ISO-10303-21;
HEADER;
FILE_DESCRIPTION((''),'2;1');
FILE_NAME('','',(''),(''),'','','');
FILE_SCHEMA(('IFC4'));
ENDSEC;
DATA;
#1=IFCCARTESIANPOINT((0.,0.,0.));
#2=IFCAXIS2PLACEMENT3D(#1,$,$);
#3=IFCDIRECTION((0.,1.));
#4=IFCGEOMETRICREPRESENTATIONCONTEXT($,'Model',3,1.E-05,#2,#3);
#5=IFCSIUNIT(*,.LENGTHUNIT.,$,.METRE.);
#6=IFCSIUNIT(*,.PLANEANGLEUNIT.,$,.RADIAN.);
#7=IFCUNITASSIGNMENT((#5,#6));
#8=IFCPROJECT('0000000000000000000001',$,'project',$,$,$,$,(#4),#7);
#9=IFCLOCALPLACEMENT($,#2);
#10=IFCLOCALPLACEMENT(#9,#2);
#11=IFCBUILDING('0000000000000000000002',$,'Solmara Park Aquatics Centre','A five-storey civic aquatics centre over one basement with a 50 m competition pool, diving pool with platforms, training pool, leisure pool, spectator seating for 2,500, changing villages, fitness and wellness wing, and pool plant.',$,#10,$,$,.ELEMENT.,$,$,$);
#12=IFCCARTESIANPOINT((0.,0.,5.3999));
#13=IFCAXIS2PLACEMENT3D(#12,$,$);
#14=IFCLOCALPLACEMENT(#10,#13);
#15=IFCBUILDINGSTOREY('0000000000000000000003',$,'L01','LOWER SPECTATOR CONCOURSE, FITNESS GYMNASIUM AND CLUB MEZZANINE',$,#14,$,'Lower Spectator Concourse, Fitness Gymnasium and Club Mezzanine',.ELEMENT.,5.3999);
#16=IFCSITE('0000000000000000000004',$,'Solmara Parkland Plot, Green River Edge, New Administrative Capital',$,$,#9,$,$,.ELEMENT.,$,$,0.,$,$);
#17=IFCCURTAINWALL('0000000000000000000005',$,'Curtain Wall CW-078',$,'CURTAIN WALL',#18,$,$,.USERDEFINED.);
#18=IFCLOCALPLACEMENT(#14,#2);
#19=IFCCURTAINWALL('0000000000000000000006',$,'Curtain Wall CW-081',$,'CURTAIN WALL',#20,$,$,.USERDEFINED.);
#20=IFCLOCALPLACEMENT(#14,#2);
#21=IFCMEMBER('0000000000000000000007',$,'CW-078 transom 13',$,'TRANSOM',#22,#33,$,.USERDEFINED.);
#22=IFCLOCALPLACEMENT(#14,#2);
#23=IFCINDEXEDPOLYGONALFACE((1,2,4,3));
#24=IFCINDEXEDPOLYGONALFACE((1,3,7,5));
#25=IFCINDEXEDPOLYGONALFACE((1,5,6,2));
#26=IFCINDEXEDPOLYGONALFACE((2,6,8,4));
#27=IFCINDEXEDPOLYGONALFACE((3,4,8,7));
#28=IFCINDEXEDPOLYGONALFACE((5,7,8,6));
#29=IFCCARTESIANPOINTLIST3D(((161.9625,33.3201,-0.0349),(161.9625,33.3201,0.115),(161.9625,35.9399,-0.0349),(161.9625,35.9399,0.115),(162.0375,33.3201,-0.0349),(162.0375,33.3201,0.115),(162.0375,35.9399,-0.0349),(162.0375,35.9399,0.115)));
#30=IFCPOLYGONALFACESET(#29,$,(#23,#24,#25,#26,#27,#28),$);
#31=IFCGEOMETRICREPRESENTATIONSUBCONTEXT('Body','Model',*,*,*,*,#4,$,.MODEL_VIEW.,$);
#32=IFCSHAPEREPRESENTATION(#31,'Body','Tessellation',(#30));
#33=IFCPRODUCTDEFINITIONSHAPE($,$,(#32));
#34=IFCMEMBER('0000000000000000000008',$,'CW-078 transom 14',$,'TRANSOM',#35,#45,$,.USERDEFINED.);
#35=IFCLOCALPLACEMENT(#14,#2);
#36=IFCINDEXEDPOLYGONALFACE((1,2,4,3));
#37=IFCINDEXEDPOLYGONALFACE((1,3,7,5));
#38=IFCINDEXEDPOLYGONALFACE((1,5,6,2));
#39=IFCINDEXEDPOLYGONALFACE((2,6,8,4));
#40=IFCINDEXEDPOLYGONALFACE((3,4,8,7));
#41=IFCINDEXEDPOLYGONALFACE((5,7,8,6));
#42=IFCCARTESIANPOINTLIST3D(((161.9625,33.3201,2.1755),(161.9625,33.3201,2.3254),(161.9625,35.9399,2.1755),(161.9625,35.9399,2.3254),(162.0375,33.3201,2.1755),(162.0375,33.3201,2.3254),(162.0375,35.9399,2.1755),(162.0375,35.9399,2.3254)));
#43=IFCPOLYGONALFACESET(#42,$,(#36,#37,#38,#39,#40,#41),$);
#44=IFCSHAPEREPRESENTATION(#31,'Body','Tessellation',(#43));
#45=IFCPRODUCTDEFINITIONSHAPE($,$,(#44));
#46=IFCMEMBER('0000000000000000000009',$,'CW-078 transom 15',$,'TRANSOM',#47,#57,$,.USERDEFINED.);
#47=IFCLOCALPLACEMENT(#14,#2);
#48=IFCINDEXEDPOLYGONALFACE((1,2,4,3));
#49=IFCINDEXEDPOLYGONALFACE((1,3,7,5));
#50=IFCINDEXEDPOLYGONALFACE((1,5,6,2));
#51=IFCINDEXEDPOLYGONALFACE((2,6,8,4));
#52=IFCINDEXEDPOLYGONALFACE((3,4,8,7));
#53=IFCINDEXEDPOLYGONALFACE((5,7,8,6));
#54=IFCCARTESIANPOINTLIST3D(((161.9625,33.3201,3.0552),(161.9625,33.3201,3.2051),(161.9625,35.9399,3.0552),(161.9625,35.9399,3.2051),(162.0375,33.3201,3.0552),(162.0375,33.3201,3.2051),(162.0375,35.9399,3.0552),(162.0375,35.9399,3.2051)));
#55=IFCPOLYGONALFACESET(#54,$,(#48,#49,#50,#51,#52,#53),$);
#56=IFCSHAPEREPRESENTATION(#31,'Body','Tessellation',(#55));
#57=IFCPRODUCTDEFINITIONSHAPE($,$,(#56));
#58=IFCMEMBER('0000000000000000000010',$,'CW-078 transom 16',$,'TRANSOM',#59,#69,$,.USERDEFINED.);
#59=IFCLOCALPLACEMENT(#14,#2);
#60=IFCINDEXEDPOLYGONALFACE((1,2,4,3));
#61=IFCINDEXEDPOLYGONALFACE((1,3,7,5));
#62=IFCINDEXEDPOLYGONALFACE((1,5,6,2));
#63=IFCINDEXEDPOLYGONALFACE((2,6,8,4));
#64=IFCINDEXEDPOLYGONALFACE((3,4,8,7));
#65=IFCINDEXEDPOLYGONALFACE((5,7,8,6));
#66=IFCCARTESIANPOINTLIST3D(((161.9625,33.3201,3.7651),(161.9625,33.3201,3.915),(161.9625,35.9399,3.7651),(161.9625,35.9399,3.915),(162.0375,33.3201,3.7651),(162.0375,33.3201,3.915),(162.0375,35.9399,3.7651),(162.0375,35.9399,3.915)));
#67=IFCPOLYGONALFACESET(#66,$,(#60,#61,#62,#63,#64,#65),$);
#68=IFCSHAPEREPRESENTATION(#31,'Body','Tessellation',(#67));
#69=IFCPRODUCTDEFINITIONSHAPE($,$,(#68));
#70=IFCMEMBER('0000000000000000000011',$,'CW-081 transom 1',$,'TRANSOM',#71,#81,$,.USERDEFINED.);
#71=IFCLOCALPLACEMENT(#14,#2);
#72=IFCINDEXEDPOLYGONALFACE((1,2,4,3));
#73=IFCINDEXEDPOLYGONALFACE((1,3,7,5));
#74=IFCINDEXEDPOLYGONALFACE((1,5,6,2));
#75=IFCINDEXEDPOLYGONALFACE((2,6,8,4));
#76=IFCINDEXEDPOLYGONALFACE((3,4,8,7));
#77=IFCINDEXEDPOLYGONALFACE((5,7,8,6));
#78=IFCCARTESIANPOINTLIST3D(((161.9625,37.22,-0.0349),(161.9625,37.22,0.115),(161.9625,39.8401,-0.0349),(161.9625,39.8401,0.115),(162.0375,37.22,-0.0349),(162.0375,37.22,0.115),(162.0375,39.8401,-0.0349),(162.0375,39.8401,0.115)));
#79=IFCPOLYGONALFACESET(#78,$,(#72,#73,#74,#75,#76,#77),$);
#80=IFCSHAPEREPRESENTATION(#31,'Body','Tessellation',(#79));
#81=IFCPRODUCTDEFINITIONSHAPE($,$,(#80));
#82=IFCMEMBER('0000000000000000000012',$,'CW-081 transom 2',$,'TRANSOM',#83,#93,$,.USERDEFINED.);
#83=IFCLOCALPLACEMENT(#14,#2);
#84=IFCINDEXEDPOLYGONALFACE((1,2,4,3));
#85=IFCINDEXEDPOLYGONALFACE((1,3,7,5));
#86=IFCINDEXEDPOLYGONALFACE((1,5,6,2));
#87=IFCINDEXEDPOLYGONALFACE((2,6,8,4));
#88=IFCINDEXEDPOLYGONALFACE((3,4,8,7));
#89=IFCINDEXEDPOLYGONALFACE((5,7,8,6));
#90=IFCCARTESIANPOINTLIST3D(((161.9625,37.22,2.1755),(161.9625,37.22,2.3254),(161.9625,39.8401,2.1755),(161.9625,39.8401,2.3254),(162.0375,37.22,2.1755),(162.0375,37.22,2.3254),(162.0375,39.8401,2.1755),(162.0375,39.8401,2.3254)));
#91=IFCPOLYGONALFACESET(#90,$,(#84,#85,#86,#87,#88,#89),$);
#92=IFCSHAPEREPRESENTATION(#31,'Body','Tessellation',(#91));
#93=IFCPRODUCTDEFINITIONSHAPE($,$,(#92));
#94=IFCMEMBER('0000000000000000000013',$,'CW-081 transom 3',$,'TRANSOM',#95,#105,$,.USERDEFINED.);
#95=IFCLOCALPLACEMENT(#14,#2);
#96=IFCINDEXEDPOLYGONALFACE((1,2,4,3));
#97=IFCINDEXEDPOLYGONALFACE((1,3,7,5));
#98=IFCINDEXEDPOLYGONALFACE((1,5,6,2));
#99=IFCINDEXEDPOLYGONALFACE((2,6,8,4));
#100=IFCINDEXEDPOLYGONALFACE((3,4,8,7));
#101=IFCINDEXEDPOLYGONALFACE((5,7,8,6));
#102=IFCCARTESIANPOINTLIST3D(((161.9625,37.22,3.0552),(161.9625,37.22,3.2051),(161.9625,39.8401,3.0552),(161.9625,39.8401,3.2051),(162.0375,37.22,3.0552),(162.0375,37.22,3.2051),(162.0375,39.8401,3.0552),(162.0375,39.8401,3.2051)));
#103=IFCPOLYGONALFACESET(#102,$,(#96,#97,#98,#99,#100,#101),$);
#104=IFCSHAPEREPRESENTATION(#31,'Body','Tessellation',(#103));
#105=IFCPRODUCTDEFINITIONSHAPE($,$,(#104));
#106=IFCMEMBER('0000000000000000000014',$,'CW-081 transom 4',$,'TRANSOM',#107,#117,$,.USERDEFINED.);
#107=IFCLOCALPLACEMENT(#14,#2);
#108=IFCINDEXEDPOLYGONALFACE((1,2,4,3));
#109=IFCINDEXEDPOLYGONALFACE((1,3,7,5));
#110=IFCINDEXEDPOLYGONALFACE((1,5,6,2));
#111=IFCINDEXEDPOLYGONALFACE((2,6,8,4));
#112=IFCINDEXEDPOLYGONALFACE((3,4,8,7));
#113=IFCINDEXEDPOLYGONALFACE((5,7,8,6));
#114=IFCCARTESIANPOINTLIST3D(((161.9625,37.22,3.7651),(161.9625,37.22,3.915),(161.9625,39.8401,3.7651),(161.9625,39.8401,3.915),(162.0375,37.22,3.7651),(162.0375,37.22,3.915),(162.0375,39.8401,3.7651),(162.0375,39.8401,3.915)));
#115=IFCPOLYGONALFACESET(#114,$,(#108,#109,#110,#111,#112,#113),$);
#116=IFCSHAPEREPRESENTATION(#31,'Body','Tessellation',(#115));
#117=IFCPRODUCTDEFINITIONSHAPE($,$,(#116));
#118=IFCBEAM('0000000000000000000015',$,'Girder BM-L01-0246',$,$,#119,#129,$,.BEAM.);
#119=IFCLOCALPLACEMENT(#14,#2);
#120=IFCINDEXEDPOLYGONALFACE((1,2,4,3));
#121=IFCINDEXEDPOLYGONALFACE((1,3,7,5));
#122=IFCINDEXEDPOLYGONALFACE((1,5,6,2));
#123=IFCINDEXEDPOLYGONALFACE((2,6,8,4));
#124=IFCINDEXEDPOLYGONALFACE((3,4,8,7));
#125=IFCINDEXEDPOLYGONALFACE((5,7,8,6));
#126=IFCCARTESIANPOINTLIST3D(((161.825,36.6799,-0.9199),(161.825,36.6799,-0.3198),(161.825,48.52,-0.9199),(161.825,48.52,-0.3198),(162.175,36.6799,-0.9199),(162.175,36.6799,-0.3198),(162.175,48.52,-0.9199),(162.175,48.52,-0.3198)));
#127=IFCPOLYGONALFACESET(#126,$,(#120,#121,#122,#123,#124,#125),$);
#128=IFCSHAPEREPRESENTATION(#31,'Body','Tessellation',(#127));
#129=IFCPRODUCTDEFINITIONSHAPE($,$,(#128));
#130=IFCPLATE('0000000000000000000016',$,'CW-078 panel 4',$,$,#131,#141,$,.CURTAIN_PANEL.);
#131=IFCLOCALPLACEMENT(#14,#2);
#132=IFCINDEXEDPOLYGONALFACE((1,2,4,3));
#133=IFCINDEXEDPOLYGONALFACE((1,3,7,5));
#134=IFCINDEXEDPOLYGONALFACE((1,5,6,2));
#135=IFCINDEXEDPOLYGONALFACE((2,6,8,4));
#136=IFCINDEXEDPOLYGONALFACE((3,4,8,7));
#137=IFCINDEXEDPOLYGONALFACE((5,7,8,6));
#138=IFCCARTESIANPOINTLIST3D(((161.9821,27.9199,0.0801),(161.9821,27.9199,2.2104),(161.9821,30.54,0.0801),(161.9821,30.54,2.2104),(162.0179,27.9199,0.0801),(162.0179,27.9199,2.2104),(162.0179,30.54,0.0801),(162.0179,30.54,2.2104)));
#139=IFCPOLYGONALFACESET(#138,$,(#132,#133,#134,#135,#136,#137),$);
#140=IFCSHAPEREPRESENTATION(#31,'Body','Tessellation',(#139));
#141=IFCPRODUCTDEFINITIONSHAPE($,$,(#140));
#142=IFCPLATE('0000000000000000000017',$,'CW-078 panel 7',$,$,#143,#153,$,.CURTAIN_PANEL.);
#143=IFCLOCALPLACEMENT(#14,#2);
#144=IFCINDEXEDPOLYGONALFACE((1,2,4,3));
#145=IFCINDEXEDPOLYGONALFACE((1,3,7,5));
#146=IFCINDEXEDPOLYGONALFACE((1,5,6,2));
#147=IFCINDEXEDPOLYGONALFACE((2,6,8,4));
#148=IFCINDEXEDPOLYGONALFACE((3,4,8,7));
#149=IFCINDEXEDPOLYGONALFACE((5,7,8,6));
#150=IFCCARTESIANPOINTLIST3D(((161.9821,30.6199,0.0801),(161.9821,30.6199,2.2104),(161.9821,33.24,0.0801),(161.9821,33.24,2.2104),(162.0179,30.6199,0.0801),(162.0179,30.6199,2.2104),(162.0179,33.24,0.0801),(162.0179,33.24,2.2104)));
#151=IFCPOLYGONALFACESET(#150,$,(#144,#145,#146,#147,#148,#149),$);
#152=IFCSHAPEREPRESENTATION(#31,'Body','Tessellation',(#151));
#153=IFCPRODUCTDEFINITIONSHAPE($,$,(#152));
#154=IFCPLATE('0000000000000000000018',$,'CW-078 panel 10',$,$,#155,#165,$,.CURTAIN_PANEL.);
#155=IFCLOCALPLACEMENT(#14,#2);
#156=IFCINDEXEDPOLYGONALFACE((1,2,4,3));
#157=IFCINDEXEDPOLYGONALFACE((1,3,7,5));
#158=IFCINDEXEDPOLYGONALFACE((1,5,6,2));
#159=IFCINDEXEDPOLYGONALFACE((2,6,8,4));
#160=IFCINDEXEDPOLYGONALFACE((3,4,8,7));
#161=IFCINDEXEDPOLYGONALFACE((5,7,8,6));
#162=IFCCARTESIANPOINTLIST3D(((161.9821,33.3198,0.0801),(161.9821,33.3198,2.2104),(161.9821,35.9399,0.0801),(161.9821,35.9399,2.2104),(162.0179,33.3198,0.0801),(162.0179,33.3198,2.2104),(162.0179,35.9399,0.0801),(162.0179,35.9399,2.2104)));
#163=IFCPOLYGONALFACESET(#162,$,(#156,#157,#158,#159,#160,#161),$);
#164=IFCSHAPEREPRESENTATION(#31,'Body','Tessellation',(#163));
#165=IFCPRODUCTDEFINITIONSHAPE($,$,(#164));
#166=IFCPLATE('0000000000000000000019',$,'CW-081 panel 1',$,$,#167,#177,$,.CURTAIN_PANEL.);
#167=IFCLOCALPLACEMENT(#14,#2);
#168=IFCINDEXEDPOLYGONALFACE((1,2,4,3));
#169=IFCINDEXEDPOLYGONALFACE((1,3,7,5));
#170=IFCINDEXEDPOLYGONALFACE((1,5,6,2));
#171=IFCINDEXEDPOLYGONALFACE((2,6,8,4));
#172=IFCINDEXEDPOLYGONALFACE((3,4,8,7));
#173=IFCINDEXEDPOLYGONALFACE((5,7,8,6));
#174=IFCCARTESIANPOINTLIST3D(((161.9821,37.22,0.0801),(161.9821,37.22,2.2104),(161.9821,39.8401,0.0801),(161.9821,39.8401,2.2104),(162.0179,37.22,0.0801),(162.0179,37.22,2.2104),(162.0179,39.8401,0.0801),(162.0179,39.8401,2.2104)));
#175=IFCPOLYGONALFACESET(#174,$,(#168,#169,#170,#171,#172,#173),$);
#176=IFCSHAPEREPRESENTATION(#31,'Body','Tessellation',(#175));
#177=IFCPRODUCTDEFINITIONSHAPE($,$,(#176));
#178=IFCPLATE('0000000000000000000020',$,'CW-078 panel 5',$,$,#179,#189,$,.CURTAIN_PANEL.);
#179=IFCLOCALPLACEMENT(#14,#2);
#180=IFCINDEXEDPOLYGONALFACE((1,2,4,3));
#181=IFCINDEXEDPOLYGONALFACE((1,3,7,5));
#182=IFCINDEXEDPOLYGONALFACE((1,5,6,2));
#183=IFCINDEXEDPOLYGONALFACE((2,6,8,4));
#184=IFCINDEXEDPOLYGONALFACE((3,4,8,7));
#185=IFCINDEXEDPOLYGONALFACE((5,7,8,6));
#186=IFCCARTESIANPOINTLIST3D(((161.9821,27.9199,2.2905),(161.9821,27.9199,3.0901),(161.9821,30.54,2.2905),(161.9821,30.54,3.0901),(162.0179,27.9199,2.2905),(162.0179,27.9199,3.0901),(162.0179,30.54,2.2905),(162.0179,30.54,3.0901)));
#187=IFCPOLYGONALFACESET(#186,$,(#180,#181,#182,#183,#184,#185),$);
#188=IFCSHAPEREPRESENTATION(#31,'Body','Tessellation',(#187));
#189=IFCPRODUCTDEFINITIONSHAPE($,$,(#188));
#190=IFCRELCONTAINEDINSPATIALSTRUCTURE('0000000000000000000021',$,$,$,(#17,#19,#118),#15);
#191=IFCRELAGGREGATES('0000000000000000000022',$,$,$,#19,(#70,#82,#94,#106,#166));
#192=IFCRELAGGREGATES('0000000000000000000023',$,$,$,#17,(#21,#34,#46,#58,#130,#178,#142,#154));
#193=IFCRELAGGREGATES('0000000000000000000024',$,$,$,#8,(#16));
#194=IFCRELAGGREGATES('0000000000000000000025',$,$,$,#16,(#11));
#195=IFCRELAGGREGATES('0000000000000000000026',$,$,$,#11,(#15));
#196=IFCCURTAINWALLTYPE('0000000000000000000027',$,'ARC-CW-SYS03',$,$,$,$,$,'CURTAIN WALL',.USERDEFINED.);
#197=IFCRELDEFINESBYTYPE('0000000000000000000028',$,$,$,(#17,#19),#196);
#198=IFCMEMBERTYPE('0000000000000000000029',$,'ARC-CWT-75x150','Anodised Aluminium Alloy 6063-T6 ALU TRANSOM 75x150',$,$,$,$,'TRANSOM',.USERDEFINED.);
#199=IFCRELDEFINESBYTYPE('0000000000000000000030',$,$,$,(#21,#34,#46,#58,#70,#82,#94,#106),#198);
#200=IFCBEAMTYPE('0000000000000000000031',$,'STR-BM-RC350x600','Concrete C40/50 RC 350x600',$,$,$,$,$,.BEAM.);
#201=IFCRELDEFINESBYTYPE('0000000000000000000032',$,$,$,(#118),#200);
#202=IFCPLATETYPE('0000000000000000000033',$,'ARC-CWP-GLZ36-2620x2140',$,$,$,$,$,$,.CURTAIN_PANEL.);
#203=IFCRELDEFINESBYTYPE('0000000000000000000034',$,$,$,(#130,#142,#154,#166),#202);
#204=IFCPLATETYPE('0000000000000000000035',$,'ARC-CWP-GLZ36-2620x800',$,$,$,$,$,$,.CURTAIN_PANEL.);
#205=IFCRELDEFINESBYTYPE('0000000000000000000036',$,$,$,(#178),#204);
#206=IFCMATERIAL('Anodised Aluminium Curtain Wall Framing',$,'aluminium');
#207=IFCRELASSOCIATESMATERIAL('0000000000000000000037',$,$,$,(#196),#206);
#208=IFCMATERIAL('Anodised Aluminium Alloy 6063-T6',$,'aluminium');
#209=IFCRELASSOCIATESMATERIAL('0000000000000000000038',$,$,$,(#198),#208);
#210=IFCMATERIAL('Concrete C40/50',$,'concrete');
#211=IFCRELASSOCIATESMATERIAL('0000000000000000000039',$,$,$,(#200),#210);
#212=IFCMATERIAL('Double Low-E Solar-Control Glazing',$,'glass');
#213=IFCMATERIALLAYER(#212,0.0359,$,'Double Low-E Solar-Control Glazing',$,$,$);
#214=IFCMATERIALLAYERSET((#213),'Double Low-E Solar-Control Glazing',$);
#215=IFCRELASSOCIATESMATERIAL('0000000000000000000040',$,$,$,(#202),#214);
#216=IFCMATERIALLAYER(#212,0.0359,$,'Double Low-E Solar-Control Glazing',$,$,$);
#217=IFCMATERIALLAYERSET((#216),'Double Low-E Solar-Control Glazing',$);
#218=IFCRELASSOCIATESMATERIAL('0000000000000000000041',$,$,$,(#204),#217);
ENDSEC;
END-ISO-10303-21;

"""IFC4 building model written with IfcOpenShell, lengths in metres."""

from ifc_helpers import new_model, si_unit, direction, frame, origin, origin_2d, place, context, subcontext, project, spatial, rectangle, extrude, material, layer, layer_set, material_profile, profile_set, type_object, element, aggregate, save


model = new_model("IFC4")

# Units and contexts
model_context = context("Model", 3, precision=1e-05, world=origin(), true_north=direction((0.0, 1.0)))
body_context = subcontext(model_context, "Body", "Model", "MODEL_VIEW")
ifc_project = project(units=[si_unit("LENGTHUNIT", "METRE"), si_unit("PLANEANGLEUNIT", "RADIAN")], contexts=[model_context])

# Site, building, storey
site_placement = place(None, origin())
site = spatial("IfcSite", under=ifc_project, at=site_placement, Name="Solmara Parkland Plot, Green River Edge, New Administrative Capital", CompositionType="ELEMENT", RefElevation=0.0)
building_placement = place(site_placement, origin())
building = spatial("IfcBuilding", under=site, at=building_placement, Name="Solmara Park Aquatics Centre", Description="A five-storey civic aquatics centre over one basement with a 50 m competition pool, diving pool with platforms, training pool, leisure pool, spectator seating for 2,500, changing villages, fitness and wellness wing, and pool plant.", CompositionType="ELEMENT")
storey_placement = place(building_placement, frame((0.0, 0.0, 5.3999)))
storey = spatial("IfcBuildingStorey", under=building, at=storey_placement, Name="L01", Description="LOWER SPECTATOR CONCOURSE, FITNESS GYMNASIUM AND CLUB MEZZANINE", LongName="Lower Spectator Concourse, Fitness Gymnasium and Club Mezzanine", CompositionType="ELEMENT", Elevation=5.3999)

# Shared definitions
ifc_material_1 = material(Name="Concrete C40/50", Category="concrete")

# Curtain wall
ifc_material_2 = material(Name="Anodised Aluminium Curtain Wall Framing", Category="aluminium")
curtain_wall_type = type_object("IfcCurtainWallType", Name="ARC-CW-SYS03", ElementType="CURTAIN WALL", PredefinedType="USERDEFINED", material=ifc_material_2)
curtain_wall_1_placement = place(storey_placement, origin())
curtain_wall_1 = element("IfcCurtainWall", 1, at=curtain_wall_1_placement, inside=storey, type_object=curtain_wall_type, Name="Curtain Wall CW-078", ObjectType="CURTAIN WALL", PredefinedType="USERDEFINED")
ifc_material_3 = material(Name="Anodised Aluminium Alloy 6063-T6", Category="aluminium")

# Curtain wall
curtain_wall_2_placement = place(storey_placement, origin())
curtain_wall_2 = element("IfcCurtainWall", 2, at=curtain_wall_2_placement, inside=storey, type_object=curtain_wall_type, Name="Curtain Wall CW-081", ObjectType="CURTAIN WALL", PredefinedType="USERDEFINED")

# Members
ifc_material_profile_1 = material_profile(ifc_material_3, rectangle(XDim=0.075, YDim=0.1499, at=origin_2d()), Name="ALU TRANSOM 75x150")
ifc_profile_set_1 = profile_set([ifc_material_profile_1], Name="Anodised Aluminium Alloy 6063-T6")
member_type_1 = type_object("IfcMemberType", Name="ARC-CWT-75x150", Description="Anodised Aluminium Alloy 6063-T6 ALU TRANSOM 75x150", ElementType="TRANSOM", PredefinedType="USERDEFINED", material=ifc_profile_set_1)
member_1_placement = place(storey_placement, frame((162.0, 33.3201, 0.04), z_axis=(0.0, 1.0, 0.0), x_axis=(-1.0, 0.0, 0.0)))
member_1 = element("IfcMember", 3, at=member_1_placement, type_object=member_type_1, Name="CW-078 transom 13", ObjectType="TRANSOM", PredefinedType="USERDEFINED", context=body_context, shape_type="SweptSolid", body=[
    extrude(rectangle(XDim=0.075, YDim=0.1499, at=origin_2d()), origin(), (0.0, 0.0, 1.0), 2.6199),
])
member_2_placement = place(storey_placement, frame((162.0, 33.3201, 2.2505), z_axis=(0.0, 1.0, 0.0), x_axis=(-1.0, 0.0, 0.0)))
member_2 = element("IfcMember", 4, at=member_2_placement, type_object=member_type_1, Name="CW-078 transom 14", ObjectType="TRANSOM", PredefinedType="USERDEFINED", context=body_context, shape_type="SweptSolid", body=[
    extrude(rectangle(XDim=0.075, YDim=0.1499, at=origin_2d()), origin(), (0.0, 0.0, 1.0), 2.6199),
])
member_3_placement = place(storey_placement, frame((162.0, 33.3201, 3.1301), z_axis=(0.0, 1.0, 0.0), x_axis=(-1.0, 0.0, 0.0)))
member_3 = element("IfcMember", 5, at=member_3_placement, type_object=member_type_1, Name="CW-078 transom 15", ObjectType="TRANSOM", PredefinedType="USERDEFINED", context=body_context, shape_type="SweptSolid", body=[
    extrude(rectangle(XDim=0.075, YDim=0.1499, at=origin_2d()), origin(), (0.0, 0.0, 1.0), 2.6199),
])
member_4_placement = place(storey_placement, frame((162.0, 33.3201, 3.8401), z_axis=(0.0, 1.0, 0.0), x_axis=(-1.0, 0.0, 0.0)))
member_4 = element("IfcMember", 6, at=member_4_placement, type_object=member_type_1, Name="CW-078 transom 16", ObjectType="TRANSOM", PredefinedType="USERDEFINED", context=body_context, shape_type="SweptSolid", body=[
    extrude(rectangle(XDim=0.075, YDim=0.1499, at=origin_2d()), origin(), (0.0, 0.0, 1.0), 2.6199),
])
member_5_placement = place(storey_placement, frame((162.0, 37.22, 0.04), z_axis=(0.0, 1.0, 0.0), x_axis=(-1.0, 0.0, 0.0)))
member_5 = element("IfcMember", 7, at=member_5_placement, type_object=member_type_1, Name="CW-081 transom 1", ObjectType="TRANSOM", PredefinedType="USERDEFINED", context=body_context, shape_type="SweptSolid", body=[
    extrude(rectangle(XDim=0.075, YDim=0.1499, at=origin_2d()), origin(), (0.0, 0.0, 1.0), 2.6201),
])
member_6_placement = place(storey_placement, frame((162.0, 37.22, 2.2505), z_axis=(0.0, 1.0, 0.0), x_axis=(-1.0, 0.0, 0.0)))
member_6 = element("IfcMember", 8, at=member_6_placement, type_object=member_type_1, Name="CW-081 transom 2", ObjectType="TRANSOM", PredefinedType="USERDEFINED", context=body_context, shape_type="SweptSolid", body=[
    extrude(rectangle(XDim=0.075, YDim=0.1499, at=origin_2d()), origin(), (0.0, 0.0, 1.0), 2.6201),
])
member_7_placement = place(storey_placement, frame((162.0, 37.22, 3.1301), z_axis=(0.0, 1.0, 0.0), x_axis=(-1.0, 0.0, 0.0)))
member_7 = element("IfcMember", 9, at=member_7_placement, type_object=member_type_1, Name="CW-081 transom 3", ObjectType="TRANSOM", PredefinedType="USERDEFINED", context=body_context, shape_type="SweptSolid", body=[
    extrude(rectangle(XDim=0.075, YDim=0.1499, at=origin_2d()), origin(), (0.0, 0.0, 1.0), 2.6201),
])
member_8_placement = place(storey_placement, frame((162.0, 37.22, 3.8401), z_axis=(0.0, 1.0, 0.0), x_axis=(-1.0, 0.0, 0.0)))
member_8 = element("IfcMember", 10, at=member_8_placement, type_object=member_type_1, Name="CW-081 transom 4", ObjectType="TRANSOM", PredefinedType="USERDEFINED", context=body_context, shape_type="SweptSolid", body=[
    extrude(rectangle(XDim=0.075, YDim=0.1499, at=origin_2d()), origin(), (0.0, 0.0, 1.0), 2.6201),
])

# Beam
ifc_material_profile_2 = material_profile(ifc_material_1, rectangle(XDim=0.3501, YDim=0.6001, at=origin_2d()), Name="RC 350x600")
ifc_profile_set_2 = profile_set([ifc_material_profile_2], Name="Concrete C40/50")
beam_type = type_object("IfcBeamType", Name="STR-BM-RC350x600", Description="Concrete C40/50 RC 350x600", PredefinedType="BEAM", material=ifc_profile_set_2)
beam_placement = place(storey_placement, frame((162.0, 36.6799, -0.6199), z_axis=(0.0, 1.0, 0.0), x_axis=(-1.0, 0.0, 0.0)))
element("IfcBeam", 11, at=beam_placement, inside=storey, type_object=beam_type, Name="Girder BM-L01-0246", PredefinedType="BEAM", context=body_context, shape_type="SweptSolid", body=[
    extrude(rectangle(XDim=0.3501, YDim=0.6001, at=origin_2d()), origin(), (0.0, 0.0, 1.0), 11.8401),
])

# Plates
ifc_material_4 = material(Name="Double Low-E Solar-Control Glazing", Category="glass")
ifc_layer_1 = layer(ifc_material_4, 0.0359, Name="Double Low-E Solar-Control Glazing")
ifc_layer_set_1 = layer_set([ifc_layer_1], Name="Double Low-E Solar-Control Glazing")
plate_type_1 = type_object("IfcPlateType", Name="ARC-CWP-GLZ36-2620x2140", PredefinedType="CURTAIN_PANEL", material=ifc_layer_set_1)
plate_1_placement = place(storey_placement, frame((162.0, 29.23, 0.0801), z_axis=(0.0, 0.0, 1.0), x_axis=(0.0, 1.0, 0.0)))
plate_1 = element("IfcPlate", 12, at=plate_1_placement, type_object=plate_type_1, Name="CW-078 panel 4", PredefinedType="CURTAIN_PANEL", context=body_context, shape_type="SweptSolid", body=[
    extrude(rectangle(XDim=2.6201, YDim=0.0359, at=origin_2d()), origin(), (0.0, 0.0, 1.0), 2.1304),
])
plate_2_placement = place(storey_placement, frame((162.0, 31.9299, 0.0801), z_axis=(0.0, 0.0, 1.0), x_axis=(0.0, 1.0, 0.0)))
plate_2 = element("IfcPlate", 13, at=plate_2_placement, type_object=plate_type_1, Name="CW-078 panel 7", PredefinedType="CURTAIN_PANEL", context=body_context, shape_type="SweptSolid", body=[
    extrude(rectangle(XDim=2.6201, YDim=0.0359, at=origin_2d()), origin(), (0.0, 0.0, 1.0), 2.1304),
])
plate_3_placement = place(storey_placement, frame((162.0, 34.6299, 0.0801), z_axis=(0.0, 0.0, 1.0), x_axis=(0.0, 1.0, 0.0)))
plate_3 = element("IfcPlate", 14, at=plate_3_placement, type_object=plate_type_1, Name="CW-078 panel 10", PredefinedType="CURTAIN_PANEL", context=body_context, shape_type="SweptSolid", body=[
    extrude(rectangle(XDim=2.6201, YDim=0.0359, at=origin_2d()), origin(), (0.0, 0.0, 1.0), 2.1304),
])
plate_4_placement = place(storey_placement, frame((162.0, 38.53, 0.0801), z_axis=(0.0, 0.0, 1.0), x_axis=(0.0, 1.0, 0.0)))
plate_4 = element("IfcPlate", 15, at=plate_4_placement, type_object=plate_type_1, Name="CW-081 panel 1", PredefinedType="CURTAIN_PANEL", context=body_context, shape_type="SweptSolid", body=[
    extrude(rectangle(XDim=2.6201, YDim=0.0359, at=origin_2d()), origin(), (0.0, 0.0, 1.0), 2.1304),
])
aggregate(curtain_wall_2, [member_5, member_6, member_7, member_8, plate_4])
ifc_layer_2 = layer(ifc_material_4, 0.0359, Name="Double Low-E Solar-Control Glazing")
ifc_layer_set_2 = layer_set([ifc_layer_2], Name="Double Low-E Solar-Control Glazing")
plate_type_2 = type_object("IfcPlateType", Name="ARC-CWP-GLZ36-2620x800", PredefinedType="CURTAIN_PANEL", material=ifc_layer_set_2)
plate_5_placement = place(storey_placement, frame((162.0, 29.23, 2.2905), z_axis=(0.0, 0.0, 1.0), x_axis=(0.0, 1.0, 0.0)))
plate_5 = element("IfcPlate", 16, at=plate_5_placement, type_object=plate_type_2, Name="CW-078 panel 5", PredefinedType="CURTAIN_PANEL", context=body_context, shape_type="SweptSolid", body=[
    extrude(rectangle(XDim=2.6201, YDim=0.0359, at=origin_2d()), origin(), (0.0, 0.0, 1.0), 0.7996),
])
aggregate(curtain_wall_1, [member_1, member_2, member_3, member_4, plate_1, plate_5, plate_2, plate_3])

save(model, "model.ifc")
